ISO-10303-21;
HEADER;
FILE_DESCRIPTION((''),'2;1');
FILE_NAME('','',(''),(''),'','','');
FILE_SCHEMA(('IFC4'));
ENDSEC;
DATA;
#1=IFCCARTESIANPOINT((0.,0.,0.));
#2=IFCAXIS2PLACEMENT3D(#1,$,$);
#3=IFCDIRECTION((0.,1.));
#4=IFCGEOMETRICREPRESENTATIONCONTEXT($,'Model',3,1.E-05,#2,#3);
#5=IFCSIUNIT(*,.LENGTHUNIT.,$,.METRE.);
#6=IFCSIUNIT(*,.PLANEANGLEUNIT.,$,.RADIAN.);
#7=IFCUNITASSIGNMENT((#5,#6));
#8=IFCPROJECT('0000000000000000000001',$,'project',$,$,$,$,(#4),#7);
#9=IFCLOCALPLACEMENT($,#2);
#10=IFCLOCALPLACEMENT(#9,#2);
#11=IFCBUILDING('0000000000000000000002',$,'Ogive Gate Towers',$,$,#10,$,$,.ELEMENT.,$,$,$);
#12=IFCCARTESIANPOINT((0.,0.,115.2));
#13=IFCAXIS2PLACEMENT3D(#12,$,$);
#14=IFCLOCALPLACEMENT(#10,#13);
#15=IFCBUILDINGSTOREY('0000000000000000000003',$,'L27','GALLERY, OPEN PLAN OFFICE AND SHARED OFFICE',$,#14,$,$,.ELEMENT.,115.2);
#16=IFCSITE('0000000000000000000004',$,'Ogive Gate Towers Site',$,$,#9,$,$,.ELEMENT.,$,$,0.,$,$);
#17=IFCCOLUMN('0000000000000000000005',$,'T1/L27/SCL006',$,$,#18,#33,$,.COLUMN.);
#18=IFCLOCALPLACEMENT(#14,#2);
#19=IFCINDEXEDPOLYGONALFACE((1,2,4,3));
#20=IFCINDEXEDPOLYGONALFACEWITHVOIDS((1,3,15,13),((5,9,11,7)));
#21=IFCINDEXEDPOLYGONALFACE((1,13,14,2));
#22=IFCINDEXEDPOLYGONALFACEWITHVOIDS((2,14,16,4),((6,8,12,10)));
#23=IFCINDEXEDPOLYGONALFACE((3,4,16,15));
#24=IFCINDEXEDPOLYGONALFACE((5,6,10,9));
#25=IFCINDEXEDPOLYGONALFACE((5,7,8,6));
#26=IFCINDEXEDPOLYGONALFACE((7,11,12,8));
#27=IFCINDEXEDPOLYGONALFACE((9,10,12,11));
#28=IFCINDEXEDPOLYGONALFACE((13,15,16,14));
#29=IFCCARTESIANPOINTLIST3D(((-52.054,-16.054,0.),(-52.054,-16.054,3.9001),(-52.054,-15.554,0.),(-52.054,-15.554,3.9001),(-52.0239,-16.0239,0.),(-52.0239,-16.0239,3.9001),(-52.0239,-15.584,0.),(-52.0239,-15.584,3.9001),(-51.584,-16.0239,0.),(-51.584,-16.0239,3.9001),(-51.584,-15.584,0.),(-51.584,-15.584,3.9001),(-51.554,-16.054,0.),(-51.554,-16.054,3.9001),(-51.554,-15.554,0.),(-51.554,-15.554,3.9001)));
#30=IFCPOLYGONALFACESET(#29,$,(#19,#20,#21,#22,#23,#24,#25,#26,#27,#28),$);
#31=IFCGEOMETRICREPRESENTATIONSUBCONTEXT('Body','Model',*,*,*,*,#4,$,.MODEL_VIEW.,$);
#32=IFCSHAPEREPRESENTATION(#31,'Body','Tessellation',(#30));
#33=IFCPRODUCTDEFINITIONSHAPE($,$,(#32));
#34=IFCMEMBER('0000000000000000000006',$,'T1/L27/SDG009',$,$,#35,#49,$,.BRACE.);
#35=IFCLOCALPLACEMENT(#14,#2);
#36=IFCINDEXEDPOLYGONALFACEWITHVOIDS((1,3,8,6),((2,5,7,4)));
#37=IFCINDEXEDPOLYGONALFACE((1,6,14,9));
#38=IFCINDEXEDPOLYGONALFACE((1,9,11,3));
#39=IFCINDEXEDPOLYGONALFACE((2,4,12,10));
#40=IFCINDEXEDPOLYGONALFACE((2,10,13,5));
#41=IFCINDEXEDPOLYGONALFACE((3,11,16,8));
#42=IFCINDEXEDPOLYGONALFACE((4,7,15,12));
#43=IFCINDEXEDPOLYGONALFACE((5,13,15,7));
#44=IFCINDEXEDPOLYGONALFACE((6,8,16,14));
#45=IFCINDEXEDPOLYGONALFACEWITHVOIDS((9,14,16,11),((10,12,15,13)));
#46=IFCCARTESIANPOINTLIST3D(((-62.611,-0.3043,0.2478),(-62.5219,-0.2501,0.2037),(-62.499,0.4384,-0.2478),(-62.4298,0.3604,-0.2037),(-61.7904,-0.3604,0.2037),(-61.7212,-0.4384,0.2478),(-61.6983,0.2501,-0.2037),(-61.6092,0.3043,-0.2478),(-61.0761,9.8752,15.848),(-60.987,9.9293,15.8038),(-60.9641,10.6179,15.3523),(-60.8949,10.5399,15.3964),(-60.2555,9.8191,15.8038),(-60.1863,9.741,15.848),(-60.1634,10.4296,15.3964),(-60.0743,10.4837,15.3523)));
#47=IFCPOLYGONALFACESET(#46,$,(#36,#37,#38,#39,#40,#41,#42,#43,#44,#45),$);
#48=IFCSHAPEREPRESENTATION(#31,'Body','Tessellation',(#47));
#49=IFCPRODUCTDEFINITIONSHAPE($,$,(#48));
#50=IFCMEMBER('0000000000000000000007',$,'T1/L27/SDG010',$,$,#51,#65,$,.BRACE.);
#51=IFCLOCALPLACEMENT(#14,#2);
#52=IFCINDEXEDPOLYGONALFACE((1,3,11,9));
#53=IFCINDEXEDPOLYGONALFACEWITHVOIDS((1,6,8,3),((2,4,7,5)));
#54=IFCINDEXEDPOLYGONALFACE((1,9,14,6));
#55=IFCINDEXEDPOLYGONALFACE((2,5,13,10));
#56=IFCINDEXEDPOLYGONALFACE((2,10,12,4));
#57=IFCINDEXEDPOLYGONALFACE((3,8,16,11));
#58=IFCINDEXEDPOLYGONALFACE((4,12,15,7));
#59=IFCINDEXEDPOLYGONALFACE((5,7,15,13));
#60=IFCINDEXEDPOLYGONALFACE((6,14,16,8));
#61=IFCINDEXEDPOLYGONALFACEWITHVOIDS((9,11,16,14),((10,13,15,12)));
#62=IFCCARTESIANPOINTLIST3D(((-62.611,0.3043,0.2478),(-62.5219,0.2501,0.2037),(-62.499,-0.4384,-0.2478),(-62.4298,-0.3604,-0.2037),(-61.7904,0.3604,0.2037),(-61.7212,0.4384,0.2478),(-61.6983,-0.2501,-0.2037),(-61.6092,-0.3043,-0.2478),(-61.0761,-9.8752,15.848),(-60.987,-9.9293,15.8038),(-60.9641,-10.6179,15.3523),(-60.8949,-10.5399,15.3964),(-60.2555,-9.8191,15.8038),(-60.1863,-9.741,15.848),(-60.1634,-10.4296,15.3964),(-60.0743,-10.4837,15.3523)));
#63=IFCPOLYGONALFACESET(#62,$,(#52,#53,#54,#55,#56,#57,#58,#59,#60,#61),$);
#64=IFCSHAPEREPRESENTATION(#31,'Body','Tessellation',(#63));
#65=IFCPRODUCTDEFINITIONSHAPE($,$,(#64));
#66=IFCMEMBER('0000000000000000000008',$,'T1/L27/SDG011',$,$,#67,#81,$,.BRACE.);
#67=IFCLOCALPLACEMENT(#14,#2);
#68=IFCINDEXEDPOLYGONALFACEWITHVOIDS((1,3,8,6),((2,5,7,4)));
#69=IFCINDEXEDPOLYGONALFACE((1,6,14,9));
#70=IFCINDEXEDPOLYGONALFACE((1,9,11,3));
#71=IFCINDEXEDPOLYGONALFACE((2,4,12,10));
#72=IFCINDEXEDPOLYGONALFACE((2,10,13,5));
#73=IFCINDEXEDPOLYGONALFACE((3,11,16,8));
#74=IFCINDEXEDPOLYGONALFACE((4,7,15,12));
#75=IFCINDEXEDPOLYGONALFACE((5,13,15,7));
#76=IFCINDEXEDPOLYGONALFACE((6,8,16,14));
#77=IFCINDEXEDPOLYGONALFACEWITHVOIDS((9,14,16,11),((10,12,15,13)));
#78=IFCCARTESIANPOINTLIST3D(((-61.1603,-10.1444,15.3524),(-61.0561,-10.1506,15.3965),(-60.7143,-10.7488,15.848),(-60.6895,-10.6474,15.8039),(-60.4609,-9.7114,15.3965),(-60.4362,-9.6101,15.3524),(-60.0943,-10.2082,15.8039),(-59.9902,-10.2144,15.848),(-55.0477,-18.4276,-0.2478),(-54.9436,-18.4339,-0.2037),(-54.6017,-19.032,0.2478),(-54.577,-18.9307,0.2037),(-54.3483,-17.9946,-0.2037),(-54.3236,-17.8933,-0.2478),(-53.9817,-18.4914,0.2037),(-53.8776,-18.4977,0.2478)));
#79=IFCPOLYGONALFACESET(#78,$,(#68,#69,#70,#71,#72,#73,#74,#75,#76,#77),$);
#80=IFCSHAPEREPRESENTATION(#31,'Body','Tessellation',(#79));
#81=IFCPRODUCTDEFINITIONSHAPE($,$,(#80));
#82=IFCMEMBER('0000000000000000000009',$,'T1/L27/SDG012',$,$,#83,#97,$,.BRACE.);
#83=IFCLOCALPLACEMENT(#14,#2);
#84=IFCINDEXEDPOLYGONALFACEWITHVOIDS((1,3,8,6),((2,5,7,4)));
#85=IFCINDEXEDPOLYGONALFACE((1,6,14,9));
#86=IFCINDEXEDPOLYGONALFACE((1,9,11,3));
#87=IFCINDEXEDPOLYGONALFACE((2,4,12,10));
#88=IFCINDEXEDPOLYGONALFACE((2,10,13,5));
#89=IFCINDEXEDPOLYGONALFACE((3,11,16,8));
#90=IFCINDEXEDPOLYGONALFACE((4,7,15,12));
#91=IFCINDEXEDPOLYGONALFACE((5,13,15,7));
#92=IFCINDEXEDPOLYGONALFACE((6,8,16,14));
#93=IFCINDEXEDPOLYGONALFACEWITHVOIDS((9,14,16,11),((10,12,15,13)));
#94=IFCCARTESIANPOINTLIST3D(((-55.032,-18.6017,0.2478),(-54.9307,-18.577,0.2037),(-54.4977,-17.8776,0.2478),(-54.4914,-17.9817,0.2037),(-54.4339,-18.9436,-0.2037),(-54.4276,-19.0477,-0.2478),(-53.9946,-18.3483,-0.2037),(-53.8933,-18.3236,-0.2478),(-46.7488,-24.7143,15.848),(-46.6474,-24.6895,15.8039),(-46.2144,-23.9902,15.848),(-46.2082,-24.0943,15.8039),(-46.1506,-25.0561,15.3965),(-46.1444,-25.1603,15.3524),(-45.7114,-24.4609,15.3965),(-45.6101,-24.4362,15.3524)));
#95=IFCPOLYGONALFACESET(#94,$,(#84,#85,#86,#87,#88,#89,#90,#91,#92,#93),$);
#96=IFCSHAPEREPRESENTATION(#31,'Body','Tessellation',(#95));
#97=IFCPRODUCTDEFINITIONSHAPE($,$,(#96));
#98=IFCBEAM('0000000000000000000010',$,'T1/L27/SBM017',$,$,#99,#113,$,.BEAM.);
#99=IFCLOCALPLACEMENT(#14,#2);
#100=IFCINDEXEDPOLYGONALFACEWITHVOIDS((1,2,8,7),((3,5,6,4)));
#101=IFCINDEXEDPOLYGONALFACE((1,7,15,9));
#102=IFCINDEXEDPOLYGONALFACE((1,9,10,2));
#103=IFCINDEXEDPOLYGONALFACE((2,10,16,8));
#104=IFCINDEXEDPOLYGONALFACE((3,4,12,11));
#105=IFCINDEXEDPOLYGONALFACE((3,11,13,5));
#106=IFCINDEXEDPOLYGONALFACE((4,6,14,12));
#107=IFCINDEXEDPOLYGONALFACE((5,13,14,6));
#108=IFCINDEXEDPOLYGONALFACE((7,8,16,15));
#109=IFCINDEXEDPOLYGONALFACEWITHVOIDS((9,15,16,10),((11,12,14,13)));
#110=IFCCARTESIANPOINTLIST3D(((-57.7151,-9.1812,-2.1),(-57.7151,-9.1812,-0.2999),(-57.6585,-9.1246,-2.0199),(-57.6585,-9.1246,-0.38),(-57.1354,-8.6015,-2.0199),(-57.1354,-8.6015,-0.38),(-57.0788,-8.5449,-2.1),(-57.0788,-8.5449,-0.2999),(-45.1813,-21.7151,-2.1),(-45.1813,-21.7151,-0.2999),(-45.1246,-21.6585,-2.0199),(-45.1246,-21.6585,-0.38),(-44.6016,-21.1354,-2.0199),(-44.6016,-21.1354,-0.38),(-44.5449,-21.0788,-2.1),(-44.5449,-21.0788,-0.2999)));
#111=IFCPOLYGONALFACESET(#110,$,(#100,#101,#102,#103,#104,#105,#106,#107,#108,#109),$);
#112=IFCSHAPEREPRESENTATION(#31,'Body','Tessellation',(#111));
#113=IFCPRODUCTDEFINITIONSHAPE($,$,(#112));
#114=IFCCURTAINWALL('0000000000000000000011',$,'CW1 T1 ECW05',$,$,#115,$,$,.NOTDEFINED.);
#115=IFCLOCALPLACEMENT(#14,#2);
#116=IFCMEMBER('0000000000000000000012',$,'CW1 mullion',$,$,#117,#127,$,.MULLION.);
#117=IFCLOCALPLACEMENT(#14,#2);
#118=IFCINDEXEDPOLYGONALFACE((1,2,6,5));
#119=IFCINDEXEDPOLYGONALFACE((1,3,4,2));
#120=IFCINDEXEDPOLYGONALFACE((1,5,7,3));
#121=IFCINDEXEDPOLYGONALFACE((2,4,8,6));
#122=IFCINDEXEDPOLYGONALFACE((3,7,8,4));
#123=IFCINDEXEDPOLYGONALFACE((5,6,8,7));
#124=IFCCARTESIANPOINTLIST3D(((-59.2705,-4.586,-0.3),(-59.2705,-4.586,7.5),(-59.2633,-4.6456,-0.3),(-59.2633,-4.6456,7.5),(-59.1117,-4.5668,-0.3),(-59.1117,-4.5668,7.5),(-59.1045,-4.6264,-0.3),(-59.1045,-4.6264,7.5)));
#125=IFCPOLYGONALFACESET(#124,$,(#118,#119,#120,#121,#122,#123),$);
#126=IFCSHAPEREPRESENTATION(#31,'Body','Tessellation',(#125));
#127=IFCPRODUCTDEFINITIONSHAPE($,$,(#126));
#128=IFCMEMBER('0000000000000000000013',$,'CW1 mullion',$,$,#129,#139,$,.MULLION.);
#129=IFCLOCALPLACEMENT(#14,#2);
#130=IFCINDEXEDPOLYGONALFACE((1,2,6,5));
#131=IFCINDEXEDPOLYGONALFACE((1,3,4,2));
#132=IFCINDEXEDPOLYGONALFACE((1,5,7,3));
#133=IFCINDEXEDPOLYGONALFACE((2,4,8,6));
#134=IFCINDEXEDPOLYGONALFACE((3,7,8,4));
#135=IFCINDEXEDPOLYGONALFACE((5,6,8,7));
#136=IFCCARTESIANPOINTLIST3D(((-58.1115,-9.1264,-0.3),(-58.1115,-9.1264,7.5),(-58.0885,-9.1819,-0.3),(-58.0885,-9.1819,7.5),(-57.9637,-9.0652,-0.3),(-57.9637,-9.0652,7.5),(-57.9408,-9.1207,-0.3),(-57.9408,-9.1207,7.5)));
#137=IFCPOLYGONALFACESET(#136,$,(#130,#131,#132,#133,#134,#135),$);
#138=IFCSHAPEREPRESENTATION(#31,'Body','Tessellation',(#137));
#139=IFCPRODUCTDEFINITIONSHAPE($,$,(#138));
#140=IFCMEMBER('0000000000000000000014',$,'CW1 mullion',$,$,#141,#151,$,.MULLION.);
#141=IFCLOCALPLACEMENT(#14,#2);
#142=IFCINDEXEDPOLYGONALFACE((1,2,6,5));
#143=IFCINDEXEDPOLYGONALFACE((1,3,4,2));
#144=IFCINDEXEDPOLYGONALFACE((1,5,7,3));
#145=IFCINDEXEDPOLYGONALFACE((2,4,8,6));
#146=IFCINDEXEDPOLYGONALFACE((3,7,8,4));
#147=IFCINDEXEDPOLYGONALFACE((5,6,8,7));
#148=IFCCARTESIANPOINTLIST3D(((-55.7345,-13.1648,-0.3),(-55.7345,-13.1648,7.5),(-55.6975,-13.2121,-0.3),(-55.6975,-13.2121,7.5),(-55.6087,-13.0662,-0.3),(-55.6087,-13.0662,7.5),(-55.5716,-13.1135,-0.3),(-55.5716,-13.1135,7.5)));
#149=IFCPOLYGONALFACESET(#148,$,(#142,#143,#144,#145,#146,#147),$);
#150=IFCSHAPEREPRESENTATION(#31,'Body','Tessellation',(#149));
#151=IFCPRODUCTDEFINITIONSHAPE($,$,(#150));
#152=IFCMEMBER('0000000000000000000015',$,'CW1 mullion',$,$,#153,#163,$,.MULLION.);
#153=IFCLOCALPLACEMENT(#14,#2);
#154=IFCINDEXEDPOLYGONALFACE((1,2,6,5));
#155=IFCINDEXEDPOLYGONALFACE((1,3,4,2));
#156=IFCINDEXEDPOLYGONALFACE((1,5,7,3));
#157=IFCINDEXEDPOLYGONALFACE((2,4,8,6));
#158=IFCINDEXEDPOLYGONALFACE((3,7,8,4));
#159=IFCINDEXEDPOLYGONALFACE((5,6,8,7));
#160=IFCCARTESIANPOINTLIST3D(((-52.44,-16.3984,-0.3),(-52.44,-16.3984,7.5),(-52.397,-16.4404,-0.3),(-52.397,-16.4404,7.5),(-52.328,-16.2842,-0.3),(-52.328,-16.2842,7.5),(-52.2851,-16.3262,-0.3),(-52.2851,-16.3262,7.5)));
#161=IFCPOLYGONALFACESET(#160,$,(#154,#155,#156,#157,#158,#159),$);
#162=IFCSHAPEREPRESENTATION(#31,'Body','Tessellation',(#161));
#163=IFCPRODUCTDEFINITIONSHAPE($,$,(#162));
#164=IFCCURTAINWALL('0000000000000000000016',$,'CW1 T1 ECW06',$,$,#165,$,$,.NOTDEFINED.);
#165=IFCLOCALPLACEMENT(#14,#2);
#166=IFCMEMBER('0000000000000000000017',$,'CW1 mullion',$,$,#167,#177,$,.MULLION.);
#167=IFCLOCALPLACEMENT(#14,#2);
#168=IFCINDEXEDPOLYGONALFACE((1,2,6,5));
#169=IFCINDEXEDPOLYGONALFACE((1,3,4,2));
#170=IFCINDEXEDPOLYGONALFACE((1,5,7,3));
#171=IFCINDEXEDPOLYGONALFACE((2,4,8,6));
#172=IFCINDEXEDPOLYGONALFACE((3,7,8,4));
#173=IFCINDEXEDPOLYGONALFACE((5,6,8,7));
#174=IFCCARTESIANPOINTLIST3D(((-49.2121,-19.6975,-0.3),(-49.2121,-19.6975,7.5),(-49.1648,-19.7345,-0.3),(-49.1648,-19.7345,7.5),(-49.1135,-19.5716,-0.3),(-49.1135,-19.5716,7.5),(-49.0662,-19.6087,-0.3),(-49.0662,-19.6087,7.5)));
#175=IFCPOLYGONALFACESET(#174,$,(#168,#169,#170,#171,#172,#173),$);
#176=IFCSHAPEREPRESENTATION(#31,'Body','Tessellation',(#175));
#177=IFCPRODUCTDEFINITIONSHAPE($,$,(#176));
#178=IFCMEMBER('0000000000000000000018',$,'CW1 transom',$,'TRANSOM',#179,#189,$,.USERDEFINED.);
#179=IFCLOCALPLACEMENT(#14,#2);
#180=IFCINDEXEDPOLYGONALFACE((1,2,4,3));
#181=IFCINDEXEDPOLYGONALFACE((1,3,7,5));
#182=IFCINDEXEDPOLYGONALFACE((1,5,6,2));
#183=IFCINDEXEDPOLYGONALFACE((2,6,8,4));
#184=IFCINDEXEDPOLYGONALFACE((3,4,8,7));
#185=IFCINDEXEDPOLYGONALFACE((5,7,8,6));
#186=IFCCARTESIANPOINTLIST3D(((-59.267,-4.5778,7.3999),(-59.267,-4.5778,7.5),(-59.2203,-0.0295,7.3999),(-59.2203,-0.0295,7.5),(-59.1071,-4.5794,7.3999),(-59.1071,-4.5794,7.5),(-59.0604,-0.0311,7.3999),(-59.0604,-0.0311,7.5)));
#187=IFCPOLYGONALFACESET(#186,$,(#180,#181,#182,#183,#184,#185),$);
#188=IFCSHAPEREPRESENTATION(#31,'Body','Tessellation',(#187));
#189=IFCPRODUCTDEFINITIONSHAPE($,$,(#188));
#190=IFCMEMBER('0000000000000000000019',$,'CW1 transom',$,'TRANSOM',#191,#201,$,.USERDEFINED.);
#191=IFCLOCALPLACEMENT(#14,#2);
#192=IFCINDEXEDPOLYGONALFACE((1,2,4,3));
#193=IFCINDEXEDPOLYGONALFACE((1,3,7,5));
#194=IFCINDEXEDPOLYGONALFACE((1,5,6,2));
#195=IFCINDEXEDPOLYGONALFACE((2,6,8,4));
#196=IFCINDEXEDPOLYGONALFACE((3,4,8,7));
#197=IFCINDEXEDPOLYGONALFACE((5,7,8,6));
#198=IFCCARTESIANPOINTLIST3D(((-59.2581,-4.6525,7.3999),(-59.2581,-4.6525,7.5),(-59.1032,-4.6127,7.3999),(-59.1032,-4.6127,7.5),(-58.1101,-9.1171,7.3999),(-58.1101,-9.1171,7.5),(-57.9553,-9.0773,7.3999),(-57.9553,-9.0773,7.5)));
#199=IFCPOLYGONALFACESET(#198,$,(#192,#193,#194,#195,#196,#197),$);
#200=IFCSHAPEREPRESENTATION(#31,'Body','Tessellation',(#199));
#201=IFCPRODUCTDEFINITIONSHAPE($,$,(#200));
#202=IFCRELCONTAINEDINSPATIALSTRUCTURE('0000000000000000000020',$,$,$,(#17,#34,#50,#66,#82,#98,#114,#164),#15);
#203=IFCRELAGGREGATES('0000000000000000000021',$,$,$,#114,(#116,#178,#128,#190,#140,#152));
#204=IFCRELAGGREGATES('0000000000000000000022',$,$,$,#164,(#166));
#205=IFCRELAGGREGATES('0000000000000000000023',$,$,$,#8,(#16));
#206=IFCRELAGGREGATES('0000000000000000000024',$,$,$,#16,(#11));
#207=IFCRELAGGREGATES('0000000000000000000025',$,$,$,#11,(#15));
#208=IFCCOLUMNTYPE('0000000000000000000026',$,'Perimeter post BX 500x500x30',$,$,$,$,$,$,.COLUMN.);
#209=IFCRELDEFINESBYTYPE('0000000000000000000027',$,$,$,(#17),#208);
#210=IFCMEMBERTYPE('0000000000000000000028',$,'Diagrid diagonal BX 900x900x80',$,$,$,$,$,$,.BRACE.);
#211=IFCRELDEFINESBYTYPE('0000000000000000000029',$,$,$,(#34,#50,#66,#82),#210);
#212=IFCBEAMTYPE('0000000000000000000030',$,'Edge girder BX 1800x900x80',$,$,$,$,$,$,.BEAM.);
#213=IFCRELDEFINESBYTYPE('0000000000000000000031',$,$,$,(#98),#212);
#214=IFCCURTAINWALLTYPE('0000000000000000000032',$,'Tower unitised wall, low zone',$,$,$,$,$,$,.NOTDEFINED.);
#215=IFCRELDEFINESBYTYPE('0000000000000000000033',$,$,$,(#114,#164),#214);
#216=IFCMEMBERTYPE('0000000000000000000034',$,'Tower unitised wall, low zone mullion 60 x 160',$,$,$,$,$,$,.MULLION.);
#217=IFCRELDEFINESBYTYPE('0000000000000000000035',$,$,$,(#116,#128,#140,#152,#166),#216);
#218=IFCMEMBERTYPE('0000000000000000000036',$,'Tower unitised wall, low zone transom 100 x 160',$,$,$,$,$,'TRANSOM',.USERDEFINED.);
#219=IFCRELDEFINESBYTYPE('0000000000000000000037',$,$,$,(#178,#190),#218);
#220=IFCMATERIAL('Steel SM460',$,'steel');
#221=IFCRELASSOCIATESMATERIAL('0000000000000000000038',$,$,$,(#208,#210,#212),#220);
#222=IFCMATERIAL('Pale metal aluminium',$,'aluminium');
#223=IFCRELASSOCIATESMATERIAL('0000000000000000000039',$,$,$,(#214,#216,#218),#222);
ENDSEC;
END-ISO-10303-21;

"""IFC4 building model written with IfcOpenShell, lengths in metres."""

from ifc_helpers import new_model, si_unit, direction, frame, origin, origin_2d, place, context, subcontext, project, spatial, rectangle, hollow_rectangle, extrude, material, material_profile, profile_set, type_object, element, aggregate, save


model = new_model("IFC4")

# Units and contexts
model_context = context("Model", 3, precision=1e-05, world=origin(), true_north=direction((0.0, 1.0)))
body_context = subcontext(model_context, "Body", "Model", "MODEL_VIEW")
ifc_project = project(units=[si_unit("LENGTHUNIT", "METRE"), si_unit("PLANEANGLEUNIT", "RADIAN")], contexts=[model_context])

# Site, building, storey
site_placement = place(None, origin())
site = spatial("IfcSite", under=ifc_project, at=site_placement, Name="Ogive Gate Towers Site", CompositionType="ELEMENT", RefElevation=0.0)
building_placement = place(site_placement, origin())
building = spatial("IfcBuilding", under=site, at=building_placement, Name="Ogive Gate Towers", CompositionType="ELEMENT")
storey_placement = place(building_placement, frame((0.0, 0.0, 115.2)))
storey = spatial("IfcBuildingStorey", under=building, at=storey_placement, Name="L27", Description="GALLERY, OPEN PLAN OFFICE AND SHARED OFFICE", CompositionType="ELEMENT", Elevation=115.2)

# Column
ifc_material_1 = material(Name="Steel SM460", Category="steel")
ifc_material_profile_1 = material_profile(ifc_material_1, hollow_rectangle(XDim=0.5, YDim=0.5, WallThickness=0.03, at=origin_2d()), Name="BX 500x500x30")
ifc_profile_set_1 = profile_set([ifc_material_profile_1], Name="Steel SM460")
column_type = type_object("IfcColumnType", Name="Perimeter post BX 500x500x30", PredefinedType="COLUMN", material=ifc_profile_set_1)
column_placement = place(storey_placement, frame((-51.804, -15.804, 0.0), z_axis=(0.0, 0.0, 1.0), x_axis=(1.0, 0.0, 0.0)))
element("IfcColumn", 1, at=column_placement, inside=storey, type_object=column_type, Name="T1/L27/SCL006", PredefinedType="COLUMN", context=body_context, shape_type="SweptSolid", body=[
    extrude(hollow_rectangle(XDim=0.5, YDim=0.5, WallThickness=0.03, at=origin_2d()), origin(), (0.0, 0.0, 1.0), 3.9001),
])

# Members
ifc_material_profile_2 = material_profile(ifc_material_1, hollow_rectangle(XDim=0.8999, YDim=0.8999, WallThickness=0.0801, at=origin_2d()), Name="BX 900x900x80")
ifc_profile_set_2 = profile_set([ifc_material_profile_2], Name="Steel SM460")
member_type_1 = type_object("IfcMemberType", Name="Diagrid diagonal BX 900x900x80", PredefinedType="BRACE", material=ifc_profile_set_2)
for number, where, z_axis, x_axis, name in (
    (2, (-62.1101, 0.0, 0.0), (0.082122, 0.544628, 0.834648), (-0.988822, 0.1491, 0.0), "T1/L27/SDG009"),
    (3, (-62.1101, 0.0, 0.0), (0.082122, -0.544628, 0.834648), (0.988822, 0.1491, 0.0), "T1/L27/SDG010"),
    (4, (-54.4626, -18.4626, 0.0), (-0.327039, 0.443175, 0.83465), (-0.804632, -0.593774, 0.0), "T1/L27/SDG011"),
    (5, (-54.4626, -18.4626, 0.0), (0.443175, -0.327039, 0.83465), (0.593774, 0.804632, 0.0), "T1/L27/SDG012"),
):
    element("IfcMember", number, at=place(storey_placement, frame(where, z_axis=z_axis, x_axis=x_axis)), inside=storey, type_object=member_type_1, Name=name, PredefinedType="BRACE", context=body_context, shape_type="SweptSolid", body=[
        extrude(hollow_rectangle(XDim=0.8999, YDim=0.8999, WallThickness=0.0801, at=origin_2d()), origin(), (0.0, 0.0, 1.0), 18.6907),
    ])

# Beam
ifc_material_profile_3 = material_profile(ifc_material_1, hollow_rectangle(XDim=0.8999, YDim=1.8, WallThickness=0.0801, at=origin_2d()), Name="BX 1800x900x80")
ifc_profile_set_3 = profile_set([ifc_material_profile_3], Name="Steel SM460")
beam_type = type_object("IfcBeamType", Name="Edge girder BX 1800x900x80", PredefinedType="BEAM", material=ifc_profile_set_3)
beam_placement = place(storey_placement, frame((-57.397, -8.863, -1.2), z_axis=(0.707107, -0.707107, 0.0), x_axis=(0.707107, 0.707107, 0.0)))
element("IfcBeam", 6, at=beam_placement, inside=storey, type_object=beam_type, Name="T1/L27/SBM017", PredefinedType="BEAM", context=body_context, shape_type="SweptSolid", body=[
    extrude(hollow_rectangle(XDim=0.8999, YDim=1.8, WallThickness=0.0801, at=origin_2d()), origin(), (0.0, 0.0, 1.0), 17.7256),
])

# Curtain wall, members
ifc_material_2 = material(Name="Pale metal aluminium", Category="aluminium")
curtain_wall_type = type_object("IfcCurtainWallType", Name="Tower unitised wall, low zone", PredefinedType="NOTDEFINED", material=ifc_material_2)
curtain_wall_1_placement = place(storey_placement, origin())
curtain_wall_1 = element("IfcCurtainWall", 7, at=curtain_wall_1_placement, inside=storey, type_object=curtain_wall_type, Name="CW1 T1 ECW05", PredefinedType="NOTDEFINED")
ifc_material_profile_4 = material_profile(ifc_material_2, rectangle(XDim=0.1599, YDim=0.0601, at=origin_2d()), Name="60 x 160 aluminium box")
ifc_profile_set_4 = profile_set([ifc_material_profile_4], Name="Pale metal aluminium")
member_type_2 = type_object("IfcMemberType", Name="Tower unitised wall, low zone mullion 60 x 160", PredefinedType="MULLION", material=ifc_profile_set_4)
member_1_placement = place(storey_placement, frame((-59.1875, -4.6062, -0.3), z_axis=(0.0, 0.0, 1.0), x_axis=(-0.992728, -0.120379, 0.0)))
member_1 = element("IfcMember", 8, at=member_1_placement, type_object=member_type_2, Name="CW1 mullion", PredefinedType="MULLION", context=body_context, shape_type="SweptSolid", body=[
    extrude(rectangle(XDim=0.1599, YDim=0.0601, at=origin_2d()), origin(), (0.0, 0.0, 1.0), 7.8),
])
member_2_placement = place(storey_placement, frame((-58.0261, -9.1235, -0.3), z_axis=(0.0, 0.0, 1.0), x_axis=(-0.92388, -0.382683, 0.0)))
member_2 = element("IfcMember", 9, at=member_2_placement, type_object=member_type_2, Name="CW1 mullion", PredefinedType="MULLION", context=body_context, shape_type="SweptSolid", body=[
    extrude(rectangle(XDim=0.1599, YDim=0.0601, at=origin_2d()), origin(), (0.0, 0.0, 1.0), 7.8),
])
member_3_placement = place(storey_placement, frame((-55.6531, -13.1392, -0.3), z_axis=(0.0, 0.0, 1.0), x_axis=(-0.787086, -0.616844, 0.0)))
member_3 = element("IfcMember", 10, at=member_3_placement, type_object=member_type_2, Name="CW1 mullion", PredefinedType="MULLION", context=body_context, shape_type="SweptSolid", body=[
    extrude(rectangle(XDim=0.1599, YDim=0.0601, at=origin_2d()), origin(), (0.0, 0.0, 1.0), 7.8),
])
member_4_placement = place(storey_placement, frame((-52.3625, -16.3623, -0.3), z_axis=(0.0, 0.0, 1.0), x_axis=(-0.699788, -0.714351, 0.0)))
member_4 = element("IfcMember", 11, at=member_4_placement, type_object=member_type_2, Name="CW1 mullion", PredefinedType="MULLION", context=body_context, shape_type="SweptSolid", body=[
    extrude(rectangle(XDim=0.1599, YDim=0.0601, at=origin_2d()), origin(), (0.0, 0.0, 1.0), 7.8),
])

# Curtain wall, member
curtain_wall_2_placement = place(storey_placement, origin())
curtain_wall_2 = element("IfcCurtainWall", 12, at=curtain_wall_2_placement, inside=storey, type_object=curtain_wall_type, Name="CW1 T1 ECW06", PredefinedType="NOTDEFINED")
member_5_placement = place(storey_placement, frame((-49.1392, -19.6531, -0.3), z_axis=(0.0, 0.0, 1.0), x_axis=(-0.616844, -0.787086, 0.0)))
member_5 = element("IfcMember", 13, at=member_5_placement, type_object=member_type_2, Name="CW1 mullion", PredefinedType="MULLION", context=body_context, shape_type="SweptSolid", body=[
    extrude(rectangle(XDim=0.1599, YDim=0.0601, at=origin_2d()), origin(), (0.0, 0.0, 1.0), 7.8),
])

# Members
ifc_material_profile_5 = material_profile(ifc_material_2, rectangle(XDim=0.1599, YDim=0.1001, at=origin_2d()), Name="100 x 160 aluminium box")
ifc_profile_set_5 = profile_set([ifc_material_profile_5], Name="Pale metal aluminium")
member_type_3 = type_object("IfcMemberType", Name="Tower unitised wall, low zone transom 100 x 160", ElementType="TRANSOM", PredefinedType="USERDEFINED", material=ifc_profile_set_5)
member_6_placement = place(storey_placement, frame((-59.1404, -0.0303, 7.45), z_axis=(-0.010252, -0.999947, 0.0), x_axis=(0.999947, -0.010252, 0.0)))
member_6 = element("IfcMember", 14, at=member_6_placement, type_object=member_type_3, Name="CW1 transom", ObjectType="TRANSOM", PredefinedType="USERDEFINED", context=body_context, shape_type="SweptSolid", body=[
    extrude(rectangle(XDim=0.1599, YDim=0.1001, at=origin_2d()), origin(), (0.0, 0.0, 1.0), 4.5486),
])
member_7_placement = place(storey_placement, frame((-59.1807, -4.6326, 7.45), z_axis=(0.249023, -0.968498, 0.0), x_axis=(0.968498, 0.249023, 0.0)))
member_7 = element("IfcMember", 15, at=member_7_placement, type_object=member_type_3, Name="CW1 transom", ObjectType="TRANSOM", PredefinedType="USERDEFINED", context=body_context, shape_type="SweptSolid", body=[
    extrude(rectangle(XDim=0.1599, YDim=0.1001, at=origin_2d()), origin(), (0.0, 0.0, 1.0), 4.6099),
])

aggregate(curtain_wall_1, [member_1, member_6, member_2, member_7, member_3, member_4])
aggregate(curtain_wall_2, [member_5])

save(model, "model.ifc")
